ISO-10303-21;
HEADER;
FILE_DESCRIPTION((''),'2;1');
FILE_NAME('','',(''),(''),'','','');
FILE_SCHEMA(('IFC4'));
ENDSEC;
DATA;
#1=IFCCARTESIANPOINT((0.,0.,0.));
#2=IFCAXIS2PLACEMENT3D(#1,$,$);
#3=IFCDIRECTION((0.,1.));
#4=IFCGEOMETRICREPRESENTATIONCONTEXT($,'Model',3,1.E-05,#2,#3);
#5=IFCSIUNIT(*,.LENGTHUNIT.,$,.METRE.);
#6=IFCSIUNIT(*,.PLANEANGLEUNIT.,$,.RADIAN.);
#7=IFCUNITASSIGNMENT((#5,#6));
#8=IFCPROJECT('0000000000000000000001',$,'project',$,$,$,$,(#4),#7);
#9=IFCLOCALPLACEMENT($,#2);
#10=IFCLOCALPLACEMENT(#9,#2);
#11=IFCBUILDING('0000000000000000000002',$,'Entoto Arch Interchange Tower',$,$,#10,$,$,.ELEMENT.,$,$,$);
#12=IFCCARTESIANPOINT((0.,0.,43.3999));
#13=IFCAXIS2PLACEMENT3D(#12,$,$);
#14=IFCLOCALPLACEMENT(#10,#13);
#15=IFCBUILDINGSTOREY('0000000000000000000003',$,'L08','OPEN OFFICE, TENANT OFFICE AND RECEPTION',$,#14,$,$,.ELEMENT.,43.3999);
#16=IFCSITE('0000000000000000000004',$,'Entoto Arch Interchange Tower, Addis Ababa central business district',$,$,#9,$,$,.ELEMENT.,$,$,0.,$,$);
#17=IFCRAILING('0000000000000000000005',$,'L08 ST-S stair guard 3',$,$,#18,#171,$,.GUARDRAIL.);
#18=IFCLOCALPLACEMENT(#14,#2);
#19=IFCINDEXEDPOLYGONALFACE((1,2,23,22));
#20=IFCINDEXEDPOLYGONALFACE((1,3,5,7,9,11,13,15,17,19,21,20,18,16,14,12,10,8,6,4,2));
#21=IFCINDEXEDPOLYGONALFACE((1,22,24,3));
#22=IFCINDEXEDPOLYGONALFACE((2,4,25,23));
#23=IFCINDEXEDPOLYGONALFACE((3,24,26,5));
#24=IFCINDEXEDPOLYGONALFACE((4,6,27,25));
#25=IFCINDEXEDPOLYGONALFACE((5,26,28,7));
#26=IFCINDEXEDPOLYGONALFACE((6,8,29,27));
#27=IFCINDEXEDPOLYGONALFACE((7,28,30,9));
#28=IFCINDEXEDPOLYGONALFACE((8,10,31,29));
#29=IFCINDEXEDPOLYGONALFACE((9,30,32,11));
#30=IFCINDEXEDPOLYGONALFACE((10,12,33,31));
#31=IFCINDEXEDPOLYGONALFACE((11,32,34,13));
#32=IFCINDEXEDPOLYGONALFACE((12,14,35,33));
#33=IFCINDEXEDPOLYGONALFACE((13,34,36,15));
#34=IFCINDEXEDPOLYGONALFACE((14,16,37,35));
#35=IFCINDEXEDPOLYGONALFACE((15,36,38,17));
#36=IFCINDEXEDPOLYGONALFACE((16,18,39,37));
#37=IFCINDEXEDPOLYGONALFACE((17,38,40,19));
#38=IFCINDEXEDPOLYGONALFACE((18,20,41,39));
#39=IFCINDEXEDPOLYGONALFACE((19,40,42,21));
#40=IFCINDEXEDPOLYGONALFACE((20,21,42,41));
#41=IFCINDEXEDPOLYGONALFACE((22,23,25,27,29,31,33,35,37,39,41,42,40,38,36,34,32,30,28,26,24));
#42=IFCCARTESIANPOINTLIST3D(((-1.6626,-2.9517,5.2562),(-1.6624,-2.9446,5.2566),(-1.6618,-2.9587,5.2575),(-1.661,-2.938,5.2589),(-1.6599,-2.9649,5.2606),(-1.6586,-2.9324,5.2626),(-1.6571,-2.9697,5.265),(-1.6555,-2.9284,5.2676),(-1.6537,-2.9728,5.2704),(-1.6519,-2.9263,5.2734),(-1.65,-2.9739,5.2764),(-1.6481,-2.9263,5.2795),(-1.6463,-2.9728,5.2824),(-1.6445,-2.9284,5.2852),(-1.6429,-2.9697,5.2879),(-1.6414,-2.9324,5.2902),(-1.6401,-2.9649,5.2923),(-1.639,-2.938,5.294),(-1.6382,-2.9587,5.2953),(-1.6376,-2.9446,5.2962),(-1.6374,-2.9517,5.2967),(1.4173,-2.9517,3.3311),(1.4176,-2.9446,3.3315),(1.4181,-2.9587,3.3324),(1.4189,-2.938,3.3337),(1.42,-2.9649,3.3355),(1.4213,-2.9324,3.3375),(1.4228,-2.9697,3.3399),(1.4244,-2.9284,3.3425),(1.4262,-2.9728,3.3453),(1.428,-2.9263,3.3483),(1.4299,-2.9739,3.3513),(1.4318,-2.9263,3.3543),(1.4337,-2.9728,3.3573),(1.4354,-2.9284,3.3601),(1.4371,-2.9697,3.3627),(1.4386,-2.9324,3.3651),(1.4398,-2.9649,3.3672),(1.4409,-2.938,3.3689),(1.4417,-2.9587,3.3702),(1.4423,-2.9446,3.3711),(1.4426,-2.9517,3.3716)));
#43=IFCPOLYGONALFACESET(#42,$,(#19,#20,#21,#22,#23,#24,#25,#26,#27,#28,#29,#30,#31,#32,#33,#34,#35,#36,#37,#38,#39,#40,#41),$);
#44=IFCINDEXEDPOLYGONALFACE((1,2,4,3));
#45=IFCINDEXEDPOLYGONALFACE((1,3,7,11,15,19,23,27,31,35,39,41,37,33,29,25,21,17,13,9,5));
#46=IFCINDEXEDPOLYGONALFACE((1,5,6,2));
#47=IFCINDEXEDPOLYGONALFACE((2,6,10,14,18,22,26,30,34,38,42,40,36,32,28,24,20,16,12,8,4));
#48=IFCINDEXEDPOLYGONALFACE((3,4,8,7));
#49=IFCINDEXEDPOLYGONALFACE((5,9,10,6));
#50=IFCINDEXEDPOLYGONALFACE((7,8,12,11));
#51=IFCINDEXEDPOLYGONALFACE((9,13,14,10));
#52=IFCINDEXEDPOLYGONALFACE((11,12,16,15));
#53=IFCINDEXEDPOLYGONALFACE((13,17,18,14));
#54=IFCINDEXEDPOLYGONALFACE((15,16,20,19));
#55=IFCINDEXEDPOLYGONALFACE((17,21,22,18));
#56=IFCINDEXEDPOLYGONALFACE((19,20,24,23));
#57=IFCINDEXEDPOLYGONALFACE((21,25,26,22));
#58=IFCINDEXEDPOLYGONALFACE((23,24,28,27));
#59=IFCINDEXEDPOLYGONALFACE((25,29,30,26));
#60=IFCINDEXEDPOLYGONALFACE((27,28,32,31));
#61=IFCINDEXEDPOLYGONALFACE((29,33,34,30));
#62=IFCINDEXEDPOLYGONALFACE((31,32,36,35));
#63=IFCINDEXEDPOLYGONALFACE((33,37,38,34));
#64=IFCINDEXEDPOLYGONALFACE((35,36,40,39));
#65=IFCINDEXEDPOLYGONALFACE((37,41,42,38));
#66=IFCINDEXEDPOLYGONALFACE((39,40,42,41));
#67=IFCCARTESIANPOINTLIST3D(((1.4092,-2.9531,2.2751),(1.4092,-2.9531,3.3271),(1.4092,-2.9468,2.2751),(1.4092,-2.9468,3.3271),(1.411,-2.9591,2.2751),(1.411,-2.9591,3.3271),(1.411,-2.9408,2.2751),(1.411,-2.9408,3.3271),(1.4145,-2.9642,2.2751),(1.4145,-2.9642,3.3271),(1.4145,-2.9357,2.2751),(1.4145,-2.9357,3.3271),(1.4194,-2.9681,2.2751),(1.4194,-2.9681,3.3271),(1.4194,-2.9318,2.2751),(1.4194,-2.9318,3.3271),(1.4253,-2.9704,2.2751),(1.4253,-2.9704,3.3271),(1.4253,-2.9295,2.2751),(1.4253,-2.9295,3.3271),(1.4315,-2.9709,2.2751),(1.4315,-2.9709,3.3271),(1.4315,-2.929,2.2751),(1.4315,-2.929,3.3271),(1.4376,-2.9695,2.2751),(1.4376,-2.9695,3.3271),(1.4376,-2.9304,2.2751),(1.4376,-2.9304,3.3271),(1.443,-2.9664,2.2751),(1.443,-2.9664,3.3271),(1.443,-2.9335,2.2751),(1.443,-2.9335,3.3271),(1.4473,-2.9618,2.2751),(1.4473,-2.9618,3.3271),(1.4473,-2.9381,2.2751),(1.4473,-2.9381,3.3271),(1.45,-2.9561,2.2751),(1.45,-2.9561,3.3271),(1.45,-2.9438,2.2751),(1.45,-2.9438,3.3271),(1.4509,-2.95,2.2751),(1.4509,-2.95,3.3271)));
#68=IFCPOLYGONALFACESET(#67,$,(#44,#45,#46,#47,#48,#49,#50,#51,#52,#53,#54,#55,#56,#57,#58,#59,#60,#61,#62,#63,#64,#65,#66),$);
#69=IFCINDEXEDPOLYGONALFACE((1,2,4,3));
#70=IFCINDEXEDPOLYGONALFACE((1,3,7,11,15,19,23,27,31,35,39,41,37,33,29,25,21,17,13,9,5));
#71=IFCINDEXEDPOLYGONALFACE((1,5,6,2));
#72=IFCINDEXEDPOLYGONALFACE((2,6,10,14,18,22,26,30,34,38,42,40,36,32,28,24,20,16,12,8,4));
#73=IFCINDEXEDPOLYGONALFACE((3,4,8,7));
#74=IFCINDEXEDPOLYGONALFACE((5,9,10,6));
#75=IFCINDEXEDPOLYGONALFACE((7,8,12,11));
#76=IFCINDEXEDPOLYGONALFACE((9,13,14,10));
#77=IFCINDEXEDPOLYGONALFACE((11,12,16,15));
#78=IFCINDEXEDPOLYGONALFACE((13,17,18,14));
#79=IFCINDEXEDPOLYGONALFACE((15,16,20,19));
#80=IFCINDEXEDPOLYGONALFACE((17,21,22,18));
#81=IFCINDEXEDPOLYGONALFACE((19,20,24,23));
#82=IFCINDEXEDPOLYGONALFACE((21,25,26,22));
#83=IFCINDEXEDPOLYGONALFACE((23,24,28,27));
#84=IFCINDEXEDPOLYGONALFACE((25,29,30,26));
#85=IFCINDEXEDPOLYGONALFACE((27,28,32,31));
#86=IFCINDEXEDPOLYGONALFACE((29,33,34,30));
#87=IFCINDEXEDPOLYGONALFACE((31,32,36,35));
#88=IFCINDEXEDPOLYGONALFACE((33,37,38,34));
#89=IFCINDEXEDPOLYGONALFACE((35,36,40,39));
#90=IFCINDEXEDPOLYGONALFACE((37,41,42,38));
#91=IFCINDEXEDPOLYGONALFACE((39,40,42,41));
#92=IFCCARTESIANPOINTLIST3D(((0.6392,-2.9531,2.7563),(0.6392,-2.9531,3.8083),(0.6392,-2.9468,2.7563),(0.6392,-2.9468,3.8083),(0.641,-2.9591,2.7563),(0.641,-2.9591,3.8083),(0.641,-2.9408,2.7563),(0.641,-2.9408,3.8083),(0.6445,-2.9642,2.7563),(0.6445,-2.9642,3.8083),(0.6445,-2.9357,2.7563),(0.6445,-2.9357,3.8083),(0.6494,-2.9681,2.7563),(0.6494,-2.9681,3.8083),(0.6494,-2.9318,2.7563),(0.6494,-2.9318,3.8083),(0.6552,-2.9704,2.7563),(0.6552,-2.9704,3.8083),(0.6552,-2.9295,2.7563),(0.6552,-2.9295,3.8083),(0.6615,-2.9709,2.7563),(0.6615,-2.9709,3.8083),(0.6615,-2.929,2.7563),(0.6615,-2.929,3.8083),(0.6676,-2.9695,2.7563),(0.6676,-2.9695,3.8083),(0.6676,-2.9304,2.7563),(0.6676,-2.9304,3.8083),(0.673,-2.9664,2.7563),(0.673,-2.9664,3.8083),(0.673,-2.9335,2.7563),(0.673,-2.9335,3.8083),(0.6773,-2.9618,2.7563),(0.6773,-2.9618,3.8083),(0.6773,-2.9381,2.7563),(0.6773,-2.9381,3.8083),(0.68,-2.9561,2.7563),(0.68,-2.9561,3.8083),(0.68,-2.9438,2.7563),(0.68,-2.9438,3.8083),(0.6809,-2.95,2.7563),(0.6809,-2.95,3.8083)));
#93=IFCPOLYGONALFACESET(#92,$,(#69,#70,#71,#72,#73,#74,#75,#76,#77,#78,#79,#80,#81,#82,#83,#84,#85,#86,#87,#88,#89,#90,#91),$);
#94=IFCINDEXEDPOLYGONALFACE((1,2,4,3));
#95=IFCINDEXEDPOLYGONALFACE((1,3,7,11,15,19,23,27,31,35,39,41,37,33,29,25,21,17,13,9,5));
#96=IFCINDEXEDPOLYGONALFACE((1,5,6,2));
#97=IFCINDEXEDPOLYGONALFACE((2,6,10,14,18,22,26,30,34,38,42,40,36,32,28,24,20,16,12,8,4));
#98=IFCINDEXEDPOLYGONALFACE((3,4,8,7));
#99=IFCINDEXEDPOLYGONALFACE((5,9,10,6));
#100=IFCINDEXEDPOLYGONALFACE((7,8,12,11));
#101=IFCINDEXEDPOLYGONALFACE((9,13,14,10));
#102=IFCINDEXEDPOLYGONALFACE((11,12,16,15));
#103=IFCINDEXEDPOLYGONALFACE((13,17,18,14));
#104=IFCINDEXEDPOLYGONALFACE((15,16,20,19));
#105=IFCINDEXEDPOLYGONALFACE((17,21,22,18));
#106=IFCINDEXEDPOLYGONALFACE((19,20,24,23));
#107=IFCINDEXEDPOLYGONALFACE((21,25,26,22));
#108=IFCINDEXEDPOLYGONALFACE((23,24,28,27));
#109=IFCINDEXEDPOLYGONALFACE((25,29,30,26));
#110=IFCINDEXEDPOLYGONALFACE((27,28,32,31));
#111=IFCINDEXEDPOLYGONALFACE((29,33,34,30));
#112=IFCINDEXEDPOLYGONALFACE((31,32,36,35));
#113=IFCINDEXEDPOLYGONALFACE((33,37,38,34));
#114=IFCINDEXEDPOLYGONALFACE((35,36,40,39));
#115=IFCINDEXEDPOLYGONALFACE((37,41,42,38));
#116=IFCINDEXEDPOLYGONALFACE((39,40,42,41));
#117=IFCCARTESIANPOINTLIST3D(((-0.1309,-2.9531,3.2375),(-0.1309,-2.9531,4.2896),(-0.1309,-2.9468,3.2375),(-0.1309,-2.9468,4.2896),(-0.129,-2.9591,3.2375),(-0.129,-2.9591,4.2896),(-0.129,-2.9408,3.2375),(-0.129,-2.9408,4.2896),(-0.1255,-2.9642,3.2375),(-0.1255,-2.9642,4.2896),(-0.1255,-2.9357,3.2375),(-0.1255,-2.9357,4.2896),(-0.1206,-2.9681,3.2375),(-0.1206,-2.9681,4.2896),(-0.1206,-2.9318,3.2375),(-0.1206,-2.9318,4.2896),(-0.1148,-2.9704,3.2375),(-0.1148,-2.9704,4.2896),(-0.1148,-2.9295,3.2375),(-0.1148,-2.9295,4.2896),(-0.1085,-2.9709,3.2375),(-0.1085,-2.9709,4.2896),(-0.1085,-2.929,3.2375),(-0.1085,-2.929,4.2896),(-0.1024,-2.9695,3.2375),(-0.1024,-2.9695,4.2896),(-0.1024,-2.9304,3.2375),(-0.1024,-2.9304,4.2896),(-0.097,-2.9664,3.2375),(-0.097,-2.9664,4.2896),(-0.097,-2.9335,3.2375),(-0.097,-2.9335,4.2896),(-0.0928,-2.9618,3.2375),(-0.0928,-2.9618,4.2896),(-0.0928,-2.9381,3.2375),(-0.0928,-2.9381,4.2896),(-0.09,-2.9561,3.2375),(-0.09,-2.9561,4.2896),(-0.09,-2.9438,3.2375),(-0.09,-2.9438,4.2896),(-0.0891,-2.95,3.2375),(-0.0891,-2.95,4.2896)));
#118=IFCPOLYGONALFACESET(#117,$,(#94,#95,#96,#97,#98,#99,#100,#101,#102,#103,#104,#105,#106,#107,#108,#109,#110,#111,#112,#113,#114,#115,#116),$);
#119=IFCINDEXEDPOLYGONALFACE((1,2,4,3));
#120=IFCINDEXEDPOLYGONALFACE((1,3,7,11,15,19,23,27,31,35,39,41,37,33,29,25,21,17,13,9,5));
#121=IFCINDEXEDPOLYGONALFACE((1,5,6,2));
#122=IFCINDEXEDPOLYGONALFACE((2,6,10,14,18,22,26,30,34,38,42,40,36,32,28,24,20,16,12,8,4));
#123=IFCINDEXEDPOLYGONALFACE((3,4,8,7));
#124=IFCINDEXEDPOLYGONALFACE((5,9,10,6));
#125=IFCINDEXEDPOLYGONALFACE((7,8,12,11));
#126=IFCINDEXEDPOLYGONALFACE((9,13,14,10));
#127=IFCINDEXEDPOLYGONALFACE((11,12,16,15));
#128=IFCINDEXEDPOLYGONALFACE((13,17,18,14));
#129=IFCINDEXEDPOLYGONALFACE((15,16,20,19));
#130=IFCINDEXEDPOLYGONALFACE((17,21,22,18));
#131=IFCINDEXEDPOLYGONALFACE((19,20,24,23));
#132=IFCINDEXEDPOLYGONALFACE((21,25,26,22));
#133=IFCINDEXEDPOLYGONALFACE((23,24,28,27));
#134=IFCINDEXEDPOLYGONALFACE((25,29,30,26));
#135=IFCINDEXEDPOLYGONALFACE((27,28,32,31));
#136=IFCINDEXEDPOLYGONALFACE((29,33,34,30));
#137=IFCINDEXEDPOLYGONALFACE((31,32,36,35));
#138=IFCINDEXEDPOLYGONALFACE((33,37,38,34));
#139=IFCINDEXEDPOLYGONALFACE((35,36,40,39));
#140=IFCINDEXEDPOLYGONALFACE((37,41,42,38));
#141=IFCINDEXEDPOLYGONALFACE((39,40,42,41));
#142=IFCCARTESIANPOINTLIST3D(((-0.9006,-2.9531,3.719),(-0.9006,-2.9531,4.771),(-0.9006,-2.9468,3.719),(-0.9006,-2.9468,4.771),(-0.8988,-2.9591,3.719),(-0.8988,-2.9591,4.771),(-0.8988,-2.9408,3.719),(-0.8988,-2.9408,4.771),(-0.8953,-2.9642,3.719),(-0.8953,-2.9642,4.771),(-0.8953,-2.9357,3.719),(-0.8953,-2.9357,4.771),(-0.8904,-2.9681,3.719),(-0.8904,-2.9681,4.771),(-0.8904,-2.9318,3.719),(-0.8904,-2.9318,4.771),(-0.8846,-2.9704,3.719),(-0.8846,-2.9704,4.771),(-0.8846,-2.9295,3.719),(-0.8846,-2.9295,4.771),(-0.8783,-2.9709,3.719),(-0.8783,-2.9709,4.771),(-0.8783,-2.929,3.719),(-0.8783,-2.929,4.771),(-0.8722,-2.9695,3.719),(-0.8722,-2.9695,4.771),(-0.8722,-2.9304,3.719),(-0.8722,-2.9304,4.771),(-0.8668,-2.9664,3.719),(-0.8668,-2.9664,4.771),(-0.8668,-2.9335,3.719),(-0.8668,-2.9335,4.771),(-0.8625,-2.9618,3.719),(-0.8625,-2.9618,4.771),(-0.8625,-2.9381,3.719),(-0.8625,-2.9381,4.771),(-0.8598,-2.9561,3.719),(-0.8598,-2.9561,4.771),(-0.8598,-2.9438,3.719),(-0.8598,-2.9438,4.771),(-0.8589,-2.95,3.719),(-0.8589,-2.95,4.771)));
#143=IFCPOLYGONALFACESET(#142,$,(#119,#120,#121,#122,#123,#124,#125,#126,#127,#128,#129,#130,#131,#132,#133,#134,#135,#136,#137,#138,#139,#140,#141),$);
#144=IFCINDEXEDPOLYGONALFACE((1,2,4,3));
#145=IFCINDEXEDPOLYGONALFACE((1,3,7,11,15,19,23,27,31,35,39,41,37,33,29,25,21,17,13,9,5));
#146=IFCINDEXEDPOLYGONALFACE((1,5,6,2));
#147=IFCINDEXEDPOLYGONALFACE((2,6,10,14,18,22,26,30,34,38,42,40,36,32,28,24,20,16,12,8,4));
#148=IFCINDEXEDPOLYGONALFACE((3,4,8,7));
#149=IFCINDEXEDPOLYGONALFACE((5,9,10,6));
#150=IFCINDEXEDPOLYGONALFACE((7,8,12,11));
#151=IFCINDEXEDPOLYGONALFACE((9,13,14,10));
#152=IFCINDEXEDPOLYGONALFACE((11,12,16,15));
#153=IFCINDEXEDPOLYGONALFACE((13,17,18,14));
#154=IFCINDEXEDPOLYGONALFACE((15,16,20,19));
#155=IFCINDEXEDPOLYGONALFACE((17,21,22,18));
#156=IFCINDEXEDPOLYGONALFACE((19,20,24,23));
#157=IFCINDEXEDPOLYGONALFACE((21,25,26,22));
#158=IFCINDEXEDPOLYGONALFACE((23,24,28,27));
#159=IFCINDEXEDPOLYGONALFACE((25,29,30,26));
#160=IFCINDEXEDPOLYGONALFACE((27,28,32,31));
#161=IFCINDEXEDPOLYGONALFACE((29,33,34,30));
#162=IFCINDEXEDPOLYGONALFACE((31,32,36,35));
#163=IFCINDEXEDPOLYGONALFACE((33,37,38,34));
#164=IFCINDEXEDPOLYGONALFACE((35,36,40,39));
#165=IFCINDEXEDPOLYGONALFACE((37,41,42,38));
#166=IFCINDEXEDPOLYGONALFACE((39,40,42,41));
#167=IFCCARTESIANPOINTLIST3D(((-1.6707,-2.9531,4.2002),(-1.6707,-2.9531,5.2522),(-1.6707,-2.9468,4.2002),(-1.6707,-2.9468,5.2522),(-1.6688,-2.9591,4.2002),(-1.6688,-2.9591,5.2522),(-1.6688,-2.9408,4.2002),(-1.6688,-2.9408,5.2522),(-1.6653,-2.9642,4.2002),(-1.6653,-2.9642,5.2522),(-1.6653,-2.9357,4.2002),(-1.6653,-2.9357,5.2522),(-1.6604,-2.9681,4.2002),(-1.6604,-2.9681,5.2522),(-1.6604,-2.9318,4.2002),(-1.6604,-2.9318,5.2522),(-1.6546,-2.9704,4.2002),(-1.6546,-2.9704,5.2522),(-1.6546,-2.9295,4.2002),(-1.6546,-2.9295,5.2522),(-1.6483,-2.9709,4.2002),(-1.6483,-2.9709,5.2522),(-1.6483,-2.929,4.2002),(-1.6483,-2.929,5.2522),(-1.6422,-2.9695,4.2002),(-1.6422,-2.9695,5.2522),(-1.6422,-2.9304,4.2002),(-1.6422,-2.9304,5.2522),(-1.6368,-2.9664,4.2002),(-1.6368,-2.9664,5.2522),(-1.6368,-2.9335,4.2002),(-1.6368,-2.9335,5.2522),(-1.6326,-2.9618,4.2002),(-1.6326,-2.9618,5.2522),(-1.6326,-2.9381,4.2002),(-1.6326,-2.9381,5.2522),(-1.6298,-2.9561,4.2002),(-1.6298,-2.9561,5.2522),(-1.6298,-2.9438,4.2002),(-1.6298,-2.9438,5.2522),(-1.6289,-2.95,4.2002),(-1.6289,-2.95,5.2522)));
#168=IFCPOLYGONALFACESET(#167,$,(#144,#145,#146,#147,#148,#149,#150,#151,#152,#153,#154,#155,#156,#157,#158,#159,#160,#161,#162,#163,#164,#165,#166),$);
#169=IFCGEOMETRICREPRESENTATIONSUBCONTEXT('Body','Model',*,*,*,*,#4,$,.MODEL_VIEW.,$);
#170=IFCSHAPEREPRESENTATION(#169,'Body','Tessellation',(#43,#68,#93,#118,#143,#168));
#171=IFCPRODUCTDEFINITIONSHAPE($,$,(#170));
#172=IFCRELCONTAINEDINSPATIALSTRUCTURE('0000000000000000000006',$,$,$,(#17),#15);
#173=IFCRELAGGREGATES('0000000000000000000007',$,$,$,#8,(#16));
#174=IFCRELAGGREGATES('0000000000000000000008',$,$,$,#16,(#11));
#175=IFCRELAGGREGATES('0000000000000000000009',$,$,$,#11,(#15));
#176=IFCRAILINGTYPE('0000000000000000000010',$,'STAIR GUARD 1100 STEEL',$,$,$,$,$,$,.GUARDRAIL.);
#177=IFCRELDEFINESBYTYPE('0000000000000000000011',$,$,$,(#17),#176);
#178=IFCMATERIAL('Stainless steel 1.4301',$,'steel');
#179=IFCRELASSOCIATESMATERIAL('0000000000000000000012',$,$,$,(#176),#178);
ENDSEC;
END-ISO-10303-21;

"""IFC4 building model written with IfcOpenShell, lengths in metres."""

from ifc_helpers import new_model, si_unit, direction, frame, origin, origin_2d, place, context, subcontext, project, spatial, circle, extrude, material, type_object, element, save


model = new_model("IFC4")

# Units and contexts
model_context = context("Model", 3, precision=1e-05, world=origin(), true_north=direction((0.0, 1.0)))
body_context = subcontext(model_context, "Body", "Model", "MODEL_VIEW")
ifc_project = project(units=[si_unit("LENGTHUNIT", "METRE"), si_unit("PLANEANGLEUNIT", "RADIAN")], contexts=[model_context])

# Site, building, storey
site_placement = place(None, origin())
site = spatial("IfcSite", under=ifc_project, at=site_placement, Name="Entoto Arch Interchange Tower, Addis Ababa central business district", CompositionType="ELEMENT", RefElevation=0.0)
building_placement = place(site_placement, origin())
building = spatial("IfcBuilding", under=site, at=building_placement, Name="Entoto Arch Interchange Tower", CompositionType="ELEMENT")
storey_placement = place(building_placement, frame((0.0, 0.0, 43.3999)))
storey = spatial("IfcBuildingStorey", under=building, at=storey_placement, Name="L08", Description="OPEN OFFICE, TENANT OFFICE AND RECEPTION", CompositionType="ELEMENT", Elevation=43.3999)

# Railing
ifc_material_1 = material(Name="Stainless steel 1.4301", Category="steel")
railing_type_1 = type_object("IfcRailingType", Name="STAIR GUARD 1100 STEEL", PredefinedType="GUARDRAIL", material=ifc_material_1)
railing_1_placement = place(storey_placement, frame((1.4299, -2.95, 2.2751)))
element("IfcRailing", 1, at=railing_1_placement, inside=storey, type_object=railing_type_1, Name="L08 ST-S stair guard 3", PredefinedType="GUARDRAIL", context=body_context, shape_type="SweptSolid", body=[
    extrude(circle(Radius=0.0239, at=origin_2d()), frame((0.0, 0.0, 1.0762), z_axis=(-0.847979, 0.0, 0.530029), x_axis=(0.0, -1.0, 0.0)), (0.0, 0.0, 1.0), 3.6321),
    extrude(circle(Radius=0.021, at=origin_2d()), origin(), (0.0, 0.0, 1.0), 1.052),
    extrude(circle(Radius=0.021, at=origin_2d()), frame((-0.77, 0.0, 0.4812)), (0.0, 0.0, 1.0), 1.052),
    extrude(circle(Radius=0.021, at=origin_2d()), frame((-1.54, 0.0, 0.9624)), (0.0, 0.0, 1.0), 1.052),
    extrude(circle(Radius=0.021, at=origin_2d()), frame((-2.3098, 0.0, 1.4438)), (0.0, 0.0, 1.0), 1.052),
    extrude(circle(Radius=0.021, at=origin_2d()), frame((-3.0798, 0.0, 1.925)), (0.0, 0.0, 1.0), 1.052),
])

save(model, "model.ifc")
